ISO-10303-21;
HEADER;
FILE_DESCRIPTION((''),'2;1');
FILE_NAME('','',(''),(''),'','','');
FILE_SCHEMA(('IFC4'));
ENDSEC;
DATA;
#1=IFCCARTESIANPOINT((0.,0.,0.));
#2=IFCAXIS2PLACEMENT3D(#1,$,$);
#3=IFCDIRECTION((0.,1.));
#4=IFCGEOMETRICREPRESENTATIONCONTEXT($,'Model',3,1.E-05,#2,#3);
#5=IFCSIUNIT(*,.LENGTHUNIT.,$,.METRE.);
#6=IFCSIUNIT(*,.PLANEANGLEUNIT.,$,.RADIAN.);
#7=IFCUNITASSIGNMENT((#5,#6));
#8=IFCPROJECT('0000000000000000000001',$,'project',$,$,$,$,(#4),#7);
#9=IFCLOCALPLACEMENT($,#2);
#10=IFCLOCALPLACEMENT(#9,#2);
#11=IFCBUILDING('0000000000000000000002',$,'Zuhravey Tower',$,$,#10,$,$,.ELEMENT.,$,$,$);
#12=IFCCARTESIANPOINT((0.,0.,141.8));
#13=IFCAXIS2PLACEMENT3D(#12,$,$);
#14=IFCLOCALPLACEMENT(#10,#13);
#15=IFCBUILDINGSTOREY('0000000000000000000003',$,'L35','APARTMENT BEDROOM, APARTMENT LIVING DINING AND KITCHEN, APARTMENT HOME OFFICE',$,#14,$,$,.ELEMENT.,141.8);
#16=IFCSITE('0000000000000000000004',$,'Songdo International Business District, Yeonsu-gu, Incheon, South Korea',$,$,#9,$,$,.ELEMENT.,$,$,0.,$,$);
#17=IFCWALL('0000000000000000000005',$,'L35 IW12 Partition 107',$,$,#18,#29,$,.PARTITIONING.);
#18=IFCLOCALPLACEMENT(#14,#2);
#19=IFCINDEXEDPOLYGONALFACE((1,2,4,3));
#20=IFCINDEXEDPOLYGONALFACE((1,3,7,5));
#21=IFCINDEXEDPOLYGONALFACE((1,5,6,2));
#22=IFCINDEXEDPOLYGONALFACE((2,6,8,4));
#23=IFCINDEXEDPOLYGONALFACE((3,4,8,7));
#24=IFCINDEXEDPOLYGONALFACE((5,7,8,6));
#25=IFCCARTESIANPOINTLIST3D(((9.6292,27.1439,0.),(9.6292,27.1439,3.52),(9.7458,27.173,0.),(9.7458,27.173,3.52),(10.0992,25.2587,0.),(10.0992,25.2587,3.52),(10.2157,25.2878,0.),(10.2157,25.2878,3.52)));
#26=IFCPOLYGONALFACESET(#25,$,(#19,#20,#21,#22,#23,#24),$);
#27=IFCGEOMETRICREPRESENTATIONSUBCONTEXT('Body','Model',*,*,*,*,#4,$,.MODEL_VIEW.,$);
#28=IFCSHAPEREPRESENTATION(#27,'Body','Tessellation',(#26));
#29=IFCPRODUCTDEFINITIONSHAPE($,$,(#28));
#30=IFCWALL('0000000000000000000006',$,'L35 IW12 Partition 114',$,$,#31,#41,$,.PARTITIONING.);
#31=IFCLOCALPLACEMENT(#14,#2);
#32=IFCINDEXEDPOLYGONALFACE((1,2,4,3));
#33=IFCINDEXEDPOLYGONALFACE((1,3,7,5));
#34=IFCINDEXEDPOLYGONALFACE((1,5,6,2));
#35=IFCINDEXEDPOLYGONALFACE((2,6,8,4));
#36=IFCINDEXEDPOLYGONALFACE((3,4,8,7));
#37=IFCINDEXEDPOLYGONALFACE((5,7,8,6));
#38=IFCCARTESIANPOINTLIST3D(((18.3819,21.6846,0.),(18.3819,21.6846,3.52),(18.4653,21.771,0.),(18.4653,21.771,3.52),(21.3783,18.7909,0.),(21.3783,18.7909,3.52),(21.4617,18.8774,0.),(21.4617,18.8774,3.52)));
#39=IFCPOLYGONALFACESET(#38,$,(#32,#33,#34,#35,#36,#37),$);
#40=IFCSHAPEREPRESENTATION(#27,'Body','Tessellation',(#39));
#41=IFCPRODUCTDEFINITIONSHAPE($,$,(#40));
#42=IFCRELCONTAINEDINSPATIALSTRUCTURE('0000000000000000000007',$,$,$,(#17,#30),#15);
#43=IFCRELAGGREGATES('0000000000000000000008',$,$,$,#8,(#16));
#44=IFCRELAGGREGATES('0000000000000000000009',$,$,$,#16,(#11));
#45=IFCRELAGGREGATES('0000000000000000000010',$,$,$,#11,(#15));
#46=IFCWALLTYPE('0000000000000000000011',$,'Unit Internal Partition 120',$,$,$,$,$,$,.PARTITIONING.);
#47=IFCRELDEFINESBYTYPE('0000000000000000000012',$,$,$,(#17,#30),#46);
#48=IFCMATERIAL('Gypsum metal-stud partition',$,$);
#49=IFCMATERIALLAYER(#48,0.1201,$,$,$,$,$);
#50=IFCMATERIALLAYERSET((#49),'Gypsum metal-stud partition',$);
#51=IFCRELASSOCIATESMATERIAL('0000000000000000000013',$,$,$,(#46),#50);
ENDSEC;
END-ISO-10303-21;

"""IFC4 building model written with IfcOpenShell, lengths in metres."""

from ifc_helpers import new_model, si_unit, direction, frame, frame_2d, origin, place, context, subcontext, project, spatial, rectangle, extrude, material, layer, layer_set, type_object, element, save


model = new_model("IFC4")

# Units and contexts
model_context = context("Model", 3, precision=1e-05, world=origin(), true_north=direction((0.0, 1.0)))
body_context = subcontext(model_context, "Body", "Model", "MODEL_VIEW")
ifc_project = project(units=[si_unit("LENGTHUNIT", "METRE"), si_unit("PLANEANGLEUNIT", "RADIAN")], contexts=[model_context])

# Site, building, storey
site_placement = place(None, origin())
site = spatial("IfcSite", under=ifc_project, at=site_placement, Name="Songdo International Business District, Yeonsu-gu, Incheon, South Korea", CompositionType="ELEMENT", RefElevation=0.0)
building_placement = place(site_placement, origin())
building = spatial("IfcBuilding", under=site, at=building_placement, Name="Zuhravey Tower", CompositionType="ELEMENT")
storey_placement = place(building_placement, frame((0.0, 0.0, 141.8)))
storey = spatial("IfcBuildingStorey", under=building, at=storey_placement, Name="L35", Description="APARTMENT BEDROOM, APARTMENT LIVING DINING AND KITCHEN, APARTMENT HOME OFFICE", CompositionType="ELEMENT", Elevation=141.8)

# Shared definitions
ifc_material_1 = material(Name="Gypsum metal-stud partition")
ifc_layer_1 = layer(ifc_material_1, 0.1201)
ifc_layer_set_1 = layer_set([ifc_layer_1], Name="Gypsum metal-stud partition")
wall_type_1 = type_object("IfcWallType", Name="Unit Internal Partition 120", PredefinedType="PARTITIONING", material=ifc_layer_set_1)

# Walls
wall_1_placement = place(storey_placement, frame((9.6875, 27.1584, 0.0), z_axis=(0.0, 0.0, 1.0), x_axis=(0.241885, -0.970305, 0.0)))
element("IfcWall", 1, at=wall_1_placement, inside=storey, type_object=wall_type_1, Name="L35 IW12 Partition 107", PredefinedType="PARTITIONING", context=body_context, shape_type="SweptSolid", body=[
    extrude(rectangle(XDim=1.9429, YDim=0.1201, at=frame_2d((0.9714, 0.0))), origin(), (0.0, 0.0, 1.0), 3.52),
])
wall_2_placement = place(storey_placement, frame((18.4236, 21.7278, 0.0), z_axis=(0.0, 0.0, 1.0), x_axis=(0.719337, -0.694661, 0.0)))
element("IfcWall", 2, at=wall_2_placement, inside=storey, type_object=wall_type_1, Name="L35 IW12 Partition 114", PredefinedType="PARTITIONING", context=body_context, shape_type="SweptSolid", body=[
    extrude(rectangle(XDim=4.1655, YDim=0.1201, at=frame_2d((2.0828, 0.0))), origin(), (0.0, 0.0, 1.0), 3.52),
])

save(model, "model.ifc")
